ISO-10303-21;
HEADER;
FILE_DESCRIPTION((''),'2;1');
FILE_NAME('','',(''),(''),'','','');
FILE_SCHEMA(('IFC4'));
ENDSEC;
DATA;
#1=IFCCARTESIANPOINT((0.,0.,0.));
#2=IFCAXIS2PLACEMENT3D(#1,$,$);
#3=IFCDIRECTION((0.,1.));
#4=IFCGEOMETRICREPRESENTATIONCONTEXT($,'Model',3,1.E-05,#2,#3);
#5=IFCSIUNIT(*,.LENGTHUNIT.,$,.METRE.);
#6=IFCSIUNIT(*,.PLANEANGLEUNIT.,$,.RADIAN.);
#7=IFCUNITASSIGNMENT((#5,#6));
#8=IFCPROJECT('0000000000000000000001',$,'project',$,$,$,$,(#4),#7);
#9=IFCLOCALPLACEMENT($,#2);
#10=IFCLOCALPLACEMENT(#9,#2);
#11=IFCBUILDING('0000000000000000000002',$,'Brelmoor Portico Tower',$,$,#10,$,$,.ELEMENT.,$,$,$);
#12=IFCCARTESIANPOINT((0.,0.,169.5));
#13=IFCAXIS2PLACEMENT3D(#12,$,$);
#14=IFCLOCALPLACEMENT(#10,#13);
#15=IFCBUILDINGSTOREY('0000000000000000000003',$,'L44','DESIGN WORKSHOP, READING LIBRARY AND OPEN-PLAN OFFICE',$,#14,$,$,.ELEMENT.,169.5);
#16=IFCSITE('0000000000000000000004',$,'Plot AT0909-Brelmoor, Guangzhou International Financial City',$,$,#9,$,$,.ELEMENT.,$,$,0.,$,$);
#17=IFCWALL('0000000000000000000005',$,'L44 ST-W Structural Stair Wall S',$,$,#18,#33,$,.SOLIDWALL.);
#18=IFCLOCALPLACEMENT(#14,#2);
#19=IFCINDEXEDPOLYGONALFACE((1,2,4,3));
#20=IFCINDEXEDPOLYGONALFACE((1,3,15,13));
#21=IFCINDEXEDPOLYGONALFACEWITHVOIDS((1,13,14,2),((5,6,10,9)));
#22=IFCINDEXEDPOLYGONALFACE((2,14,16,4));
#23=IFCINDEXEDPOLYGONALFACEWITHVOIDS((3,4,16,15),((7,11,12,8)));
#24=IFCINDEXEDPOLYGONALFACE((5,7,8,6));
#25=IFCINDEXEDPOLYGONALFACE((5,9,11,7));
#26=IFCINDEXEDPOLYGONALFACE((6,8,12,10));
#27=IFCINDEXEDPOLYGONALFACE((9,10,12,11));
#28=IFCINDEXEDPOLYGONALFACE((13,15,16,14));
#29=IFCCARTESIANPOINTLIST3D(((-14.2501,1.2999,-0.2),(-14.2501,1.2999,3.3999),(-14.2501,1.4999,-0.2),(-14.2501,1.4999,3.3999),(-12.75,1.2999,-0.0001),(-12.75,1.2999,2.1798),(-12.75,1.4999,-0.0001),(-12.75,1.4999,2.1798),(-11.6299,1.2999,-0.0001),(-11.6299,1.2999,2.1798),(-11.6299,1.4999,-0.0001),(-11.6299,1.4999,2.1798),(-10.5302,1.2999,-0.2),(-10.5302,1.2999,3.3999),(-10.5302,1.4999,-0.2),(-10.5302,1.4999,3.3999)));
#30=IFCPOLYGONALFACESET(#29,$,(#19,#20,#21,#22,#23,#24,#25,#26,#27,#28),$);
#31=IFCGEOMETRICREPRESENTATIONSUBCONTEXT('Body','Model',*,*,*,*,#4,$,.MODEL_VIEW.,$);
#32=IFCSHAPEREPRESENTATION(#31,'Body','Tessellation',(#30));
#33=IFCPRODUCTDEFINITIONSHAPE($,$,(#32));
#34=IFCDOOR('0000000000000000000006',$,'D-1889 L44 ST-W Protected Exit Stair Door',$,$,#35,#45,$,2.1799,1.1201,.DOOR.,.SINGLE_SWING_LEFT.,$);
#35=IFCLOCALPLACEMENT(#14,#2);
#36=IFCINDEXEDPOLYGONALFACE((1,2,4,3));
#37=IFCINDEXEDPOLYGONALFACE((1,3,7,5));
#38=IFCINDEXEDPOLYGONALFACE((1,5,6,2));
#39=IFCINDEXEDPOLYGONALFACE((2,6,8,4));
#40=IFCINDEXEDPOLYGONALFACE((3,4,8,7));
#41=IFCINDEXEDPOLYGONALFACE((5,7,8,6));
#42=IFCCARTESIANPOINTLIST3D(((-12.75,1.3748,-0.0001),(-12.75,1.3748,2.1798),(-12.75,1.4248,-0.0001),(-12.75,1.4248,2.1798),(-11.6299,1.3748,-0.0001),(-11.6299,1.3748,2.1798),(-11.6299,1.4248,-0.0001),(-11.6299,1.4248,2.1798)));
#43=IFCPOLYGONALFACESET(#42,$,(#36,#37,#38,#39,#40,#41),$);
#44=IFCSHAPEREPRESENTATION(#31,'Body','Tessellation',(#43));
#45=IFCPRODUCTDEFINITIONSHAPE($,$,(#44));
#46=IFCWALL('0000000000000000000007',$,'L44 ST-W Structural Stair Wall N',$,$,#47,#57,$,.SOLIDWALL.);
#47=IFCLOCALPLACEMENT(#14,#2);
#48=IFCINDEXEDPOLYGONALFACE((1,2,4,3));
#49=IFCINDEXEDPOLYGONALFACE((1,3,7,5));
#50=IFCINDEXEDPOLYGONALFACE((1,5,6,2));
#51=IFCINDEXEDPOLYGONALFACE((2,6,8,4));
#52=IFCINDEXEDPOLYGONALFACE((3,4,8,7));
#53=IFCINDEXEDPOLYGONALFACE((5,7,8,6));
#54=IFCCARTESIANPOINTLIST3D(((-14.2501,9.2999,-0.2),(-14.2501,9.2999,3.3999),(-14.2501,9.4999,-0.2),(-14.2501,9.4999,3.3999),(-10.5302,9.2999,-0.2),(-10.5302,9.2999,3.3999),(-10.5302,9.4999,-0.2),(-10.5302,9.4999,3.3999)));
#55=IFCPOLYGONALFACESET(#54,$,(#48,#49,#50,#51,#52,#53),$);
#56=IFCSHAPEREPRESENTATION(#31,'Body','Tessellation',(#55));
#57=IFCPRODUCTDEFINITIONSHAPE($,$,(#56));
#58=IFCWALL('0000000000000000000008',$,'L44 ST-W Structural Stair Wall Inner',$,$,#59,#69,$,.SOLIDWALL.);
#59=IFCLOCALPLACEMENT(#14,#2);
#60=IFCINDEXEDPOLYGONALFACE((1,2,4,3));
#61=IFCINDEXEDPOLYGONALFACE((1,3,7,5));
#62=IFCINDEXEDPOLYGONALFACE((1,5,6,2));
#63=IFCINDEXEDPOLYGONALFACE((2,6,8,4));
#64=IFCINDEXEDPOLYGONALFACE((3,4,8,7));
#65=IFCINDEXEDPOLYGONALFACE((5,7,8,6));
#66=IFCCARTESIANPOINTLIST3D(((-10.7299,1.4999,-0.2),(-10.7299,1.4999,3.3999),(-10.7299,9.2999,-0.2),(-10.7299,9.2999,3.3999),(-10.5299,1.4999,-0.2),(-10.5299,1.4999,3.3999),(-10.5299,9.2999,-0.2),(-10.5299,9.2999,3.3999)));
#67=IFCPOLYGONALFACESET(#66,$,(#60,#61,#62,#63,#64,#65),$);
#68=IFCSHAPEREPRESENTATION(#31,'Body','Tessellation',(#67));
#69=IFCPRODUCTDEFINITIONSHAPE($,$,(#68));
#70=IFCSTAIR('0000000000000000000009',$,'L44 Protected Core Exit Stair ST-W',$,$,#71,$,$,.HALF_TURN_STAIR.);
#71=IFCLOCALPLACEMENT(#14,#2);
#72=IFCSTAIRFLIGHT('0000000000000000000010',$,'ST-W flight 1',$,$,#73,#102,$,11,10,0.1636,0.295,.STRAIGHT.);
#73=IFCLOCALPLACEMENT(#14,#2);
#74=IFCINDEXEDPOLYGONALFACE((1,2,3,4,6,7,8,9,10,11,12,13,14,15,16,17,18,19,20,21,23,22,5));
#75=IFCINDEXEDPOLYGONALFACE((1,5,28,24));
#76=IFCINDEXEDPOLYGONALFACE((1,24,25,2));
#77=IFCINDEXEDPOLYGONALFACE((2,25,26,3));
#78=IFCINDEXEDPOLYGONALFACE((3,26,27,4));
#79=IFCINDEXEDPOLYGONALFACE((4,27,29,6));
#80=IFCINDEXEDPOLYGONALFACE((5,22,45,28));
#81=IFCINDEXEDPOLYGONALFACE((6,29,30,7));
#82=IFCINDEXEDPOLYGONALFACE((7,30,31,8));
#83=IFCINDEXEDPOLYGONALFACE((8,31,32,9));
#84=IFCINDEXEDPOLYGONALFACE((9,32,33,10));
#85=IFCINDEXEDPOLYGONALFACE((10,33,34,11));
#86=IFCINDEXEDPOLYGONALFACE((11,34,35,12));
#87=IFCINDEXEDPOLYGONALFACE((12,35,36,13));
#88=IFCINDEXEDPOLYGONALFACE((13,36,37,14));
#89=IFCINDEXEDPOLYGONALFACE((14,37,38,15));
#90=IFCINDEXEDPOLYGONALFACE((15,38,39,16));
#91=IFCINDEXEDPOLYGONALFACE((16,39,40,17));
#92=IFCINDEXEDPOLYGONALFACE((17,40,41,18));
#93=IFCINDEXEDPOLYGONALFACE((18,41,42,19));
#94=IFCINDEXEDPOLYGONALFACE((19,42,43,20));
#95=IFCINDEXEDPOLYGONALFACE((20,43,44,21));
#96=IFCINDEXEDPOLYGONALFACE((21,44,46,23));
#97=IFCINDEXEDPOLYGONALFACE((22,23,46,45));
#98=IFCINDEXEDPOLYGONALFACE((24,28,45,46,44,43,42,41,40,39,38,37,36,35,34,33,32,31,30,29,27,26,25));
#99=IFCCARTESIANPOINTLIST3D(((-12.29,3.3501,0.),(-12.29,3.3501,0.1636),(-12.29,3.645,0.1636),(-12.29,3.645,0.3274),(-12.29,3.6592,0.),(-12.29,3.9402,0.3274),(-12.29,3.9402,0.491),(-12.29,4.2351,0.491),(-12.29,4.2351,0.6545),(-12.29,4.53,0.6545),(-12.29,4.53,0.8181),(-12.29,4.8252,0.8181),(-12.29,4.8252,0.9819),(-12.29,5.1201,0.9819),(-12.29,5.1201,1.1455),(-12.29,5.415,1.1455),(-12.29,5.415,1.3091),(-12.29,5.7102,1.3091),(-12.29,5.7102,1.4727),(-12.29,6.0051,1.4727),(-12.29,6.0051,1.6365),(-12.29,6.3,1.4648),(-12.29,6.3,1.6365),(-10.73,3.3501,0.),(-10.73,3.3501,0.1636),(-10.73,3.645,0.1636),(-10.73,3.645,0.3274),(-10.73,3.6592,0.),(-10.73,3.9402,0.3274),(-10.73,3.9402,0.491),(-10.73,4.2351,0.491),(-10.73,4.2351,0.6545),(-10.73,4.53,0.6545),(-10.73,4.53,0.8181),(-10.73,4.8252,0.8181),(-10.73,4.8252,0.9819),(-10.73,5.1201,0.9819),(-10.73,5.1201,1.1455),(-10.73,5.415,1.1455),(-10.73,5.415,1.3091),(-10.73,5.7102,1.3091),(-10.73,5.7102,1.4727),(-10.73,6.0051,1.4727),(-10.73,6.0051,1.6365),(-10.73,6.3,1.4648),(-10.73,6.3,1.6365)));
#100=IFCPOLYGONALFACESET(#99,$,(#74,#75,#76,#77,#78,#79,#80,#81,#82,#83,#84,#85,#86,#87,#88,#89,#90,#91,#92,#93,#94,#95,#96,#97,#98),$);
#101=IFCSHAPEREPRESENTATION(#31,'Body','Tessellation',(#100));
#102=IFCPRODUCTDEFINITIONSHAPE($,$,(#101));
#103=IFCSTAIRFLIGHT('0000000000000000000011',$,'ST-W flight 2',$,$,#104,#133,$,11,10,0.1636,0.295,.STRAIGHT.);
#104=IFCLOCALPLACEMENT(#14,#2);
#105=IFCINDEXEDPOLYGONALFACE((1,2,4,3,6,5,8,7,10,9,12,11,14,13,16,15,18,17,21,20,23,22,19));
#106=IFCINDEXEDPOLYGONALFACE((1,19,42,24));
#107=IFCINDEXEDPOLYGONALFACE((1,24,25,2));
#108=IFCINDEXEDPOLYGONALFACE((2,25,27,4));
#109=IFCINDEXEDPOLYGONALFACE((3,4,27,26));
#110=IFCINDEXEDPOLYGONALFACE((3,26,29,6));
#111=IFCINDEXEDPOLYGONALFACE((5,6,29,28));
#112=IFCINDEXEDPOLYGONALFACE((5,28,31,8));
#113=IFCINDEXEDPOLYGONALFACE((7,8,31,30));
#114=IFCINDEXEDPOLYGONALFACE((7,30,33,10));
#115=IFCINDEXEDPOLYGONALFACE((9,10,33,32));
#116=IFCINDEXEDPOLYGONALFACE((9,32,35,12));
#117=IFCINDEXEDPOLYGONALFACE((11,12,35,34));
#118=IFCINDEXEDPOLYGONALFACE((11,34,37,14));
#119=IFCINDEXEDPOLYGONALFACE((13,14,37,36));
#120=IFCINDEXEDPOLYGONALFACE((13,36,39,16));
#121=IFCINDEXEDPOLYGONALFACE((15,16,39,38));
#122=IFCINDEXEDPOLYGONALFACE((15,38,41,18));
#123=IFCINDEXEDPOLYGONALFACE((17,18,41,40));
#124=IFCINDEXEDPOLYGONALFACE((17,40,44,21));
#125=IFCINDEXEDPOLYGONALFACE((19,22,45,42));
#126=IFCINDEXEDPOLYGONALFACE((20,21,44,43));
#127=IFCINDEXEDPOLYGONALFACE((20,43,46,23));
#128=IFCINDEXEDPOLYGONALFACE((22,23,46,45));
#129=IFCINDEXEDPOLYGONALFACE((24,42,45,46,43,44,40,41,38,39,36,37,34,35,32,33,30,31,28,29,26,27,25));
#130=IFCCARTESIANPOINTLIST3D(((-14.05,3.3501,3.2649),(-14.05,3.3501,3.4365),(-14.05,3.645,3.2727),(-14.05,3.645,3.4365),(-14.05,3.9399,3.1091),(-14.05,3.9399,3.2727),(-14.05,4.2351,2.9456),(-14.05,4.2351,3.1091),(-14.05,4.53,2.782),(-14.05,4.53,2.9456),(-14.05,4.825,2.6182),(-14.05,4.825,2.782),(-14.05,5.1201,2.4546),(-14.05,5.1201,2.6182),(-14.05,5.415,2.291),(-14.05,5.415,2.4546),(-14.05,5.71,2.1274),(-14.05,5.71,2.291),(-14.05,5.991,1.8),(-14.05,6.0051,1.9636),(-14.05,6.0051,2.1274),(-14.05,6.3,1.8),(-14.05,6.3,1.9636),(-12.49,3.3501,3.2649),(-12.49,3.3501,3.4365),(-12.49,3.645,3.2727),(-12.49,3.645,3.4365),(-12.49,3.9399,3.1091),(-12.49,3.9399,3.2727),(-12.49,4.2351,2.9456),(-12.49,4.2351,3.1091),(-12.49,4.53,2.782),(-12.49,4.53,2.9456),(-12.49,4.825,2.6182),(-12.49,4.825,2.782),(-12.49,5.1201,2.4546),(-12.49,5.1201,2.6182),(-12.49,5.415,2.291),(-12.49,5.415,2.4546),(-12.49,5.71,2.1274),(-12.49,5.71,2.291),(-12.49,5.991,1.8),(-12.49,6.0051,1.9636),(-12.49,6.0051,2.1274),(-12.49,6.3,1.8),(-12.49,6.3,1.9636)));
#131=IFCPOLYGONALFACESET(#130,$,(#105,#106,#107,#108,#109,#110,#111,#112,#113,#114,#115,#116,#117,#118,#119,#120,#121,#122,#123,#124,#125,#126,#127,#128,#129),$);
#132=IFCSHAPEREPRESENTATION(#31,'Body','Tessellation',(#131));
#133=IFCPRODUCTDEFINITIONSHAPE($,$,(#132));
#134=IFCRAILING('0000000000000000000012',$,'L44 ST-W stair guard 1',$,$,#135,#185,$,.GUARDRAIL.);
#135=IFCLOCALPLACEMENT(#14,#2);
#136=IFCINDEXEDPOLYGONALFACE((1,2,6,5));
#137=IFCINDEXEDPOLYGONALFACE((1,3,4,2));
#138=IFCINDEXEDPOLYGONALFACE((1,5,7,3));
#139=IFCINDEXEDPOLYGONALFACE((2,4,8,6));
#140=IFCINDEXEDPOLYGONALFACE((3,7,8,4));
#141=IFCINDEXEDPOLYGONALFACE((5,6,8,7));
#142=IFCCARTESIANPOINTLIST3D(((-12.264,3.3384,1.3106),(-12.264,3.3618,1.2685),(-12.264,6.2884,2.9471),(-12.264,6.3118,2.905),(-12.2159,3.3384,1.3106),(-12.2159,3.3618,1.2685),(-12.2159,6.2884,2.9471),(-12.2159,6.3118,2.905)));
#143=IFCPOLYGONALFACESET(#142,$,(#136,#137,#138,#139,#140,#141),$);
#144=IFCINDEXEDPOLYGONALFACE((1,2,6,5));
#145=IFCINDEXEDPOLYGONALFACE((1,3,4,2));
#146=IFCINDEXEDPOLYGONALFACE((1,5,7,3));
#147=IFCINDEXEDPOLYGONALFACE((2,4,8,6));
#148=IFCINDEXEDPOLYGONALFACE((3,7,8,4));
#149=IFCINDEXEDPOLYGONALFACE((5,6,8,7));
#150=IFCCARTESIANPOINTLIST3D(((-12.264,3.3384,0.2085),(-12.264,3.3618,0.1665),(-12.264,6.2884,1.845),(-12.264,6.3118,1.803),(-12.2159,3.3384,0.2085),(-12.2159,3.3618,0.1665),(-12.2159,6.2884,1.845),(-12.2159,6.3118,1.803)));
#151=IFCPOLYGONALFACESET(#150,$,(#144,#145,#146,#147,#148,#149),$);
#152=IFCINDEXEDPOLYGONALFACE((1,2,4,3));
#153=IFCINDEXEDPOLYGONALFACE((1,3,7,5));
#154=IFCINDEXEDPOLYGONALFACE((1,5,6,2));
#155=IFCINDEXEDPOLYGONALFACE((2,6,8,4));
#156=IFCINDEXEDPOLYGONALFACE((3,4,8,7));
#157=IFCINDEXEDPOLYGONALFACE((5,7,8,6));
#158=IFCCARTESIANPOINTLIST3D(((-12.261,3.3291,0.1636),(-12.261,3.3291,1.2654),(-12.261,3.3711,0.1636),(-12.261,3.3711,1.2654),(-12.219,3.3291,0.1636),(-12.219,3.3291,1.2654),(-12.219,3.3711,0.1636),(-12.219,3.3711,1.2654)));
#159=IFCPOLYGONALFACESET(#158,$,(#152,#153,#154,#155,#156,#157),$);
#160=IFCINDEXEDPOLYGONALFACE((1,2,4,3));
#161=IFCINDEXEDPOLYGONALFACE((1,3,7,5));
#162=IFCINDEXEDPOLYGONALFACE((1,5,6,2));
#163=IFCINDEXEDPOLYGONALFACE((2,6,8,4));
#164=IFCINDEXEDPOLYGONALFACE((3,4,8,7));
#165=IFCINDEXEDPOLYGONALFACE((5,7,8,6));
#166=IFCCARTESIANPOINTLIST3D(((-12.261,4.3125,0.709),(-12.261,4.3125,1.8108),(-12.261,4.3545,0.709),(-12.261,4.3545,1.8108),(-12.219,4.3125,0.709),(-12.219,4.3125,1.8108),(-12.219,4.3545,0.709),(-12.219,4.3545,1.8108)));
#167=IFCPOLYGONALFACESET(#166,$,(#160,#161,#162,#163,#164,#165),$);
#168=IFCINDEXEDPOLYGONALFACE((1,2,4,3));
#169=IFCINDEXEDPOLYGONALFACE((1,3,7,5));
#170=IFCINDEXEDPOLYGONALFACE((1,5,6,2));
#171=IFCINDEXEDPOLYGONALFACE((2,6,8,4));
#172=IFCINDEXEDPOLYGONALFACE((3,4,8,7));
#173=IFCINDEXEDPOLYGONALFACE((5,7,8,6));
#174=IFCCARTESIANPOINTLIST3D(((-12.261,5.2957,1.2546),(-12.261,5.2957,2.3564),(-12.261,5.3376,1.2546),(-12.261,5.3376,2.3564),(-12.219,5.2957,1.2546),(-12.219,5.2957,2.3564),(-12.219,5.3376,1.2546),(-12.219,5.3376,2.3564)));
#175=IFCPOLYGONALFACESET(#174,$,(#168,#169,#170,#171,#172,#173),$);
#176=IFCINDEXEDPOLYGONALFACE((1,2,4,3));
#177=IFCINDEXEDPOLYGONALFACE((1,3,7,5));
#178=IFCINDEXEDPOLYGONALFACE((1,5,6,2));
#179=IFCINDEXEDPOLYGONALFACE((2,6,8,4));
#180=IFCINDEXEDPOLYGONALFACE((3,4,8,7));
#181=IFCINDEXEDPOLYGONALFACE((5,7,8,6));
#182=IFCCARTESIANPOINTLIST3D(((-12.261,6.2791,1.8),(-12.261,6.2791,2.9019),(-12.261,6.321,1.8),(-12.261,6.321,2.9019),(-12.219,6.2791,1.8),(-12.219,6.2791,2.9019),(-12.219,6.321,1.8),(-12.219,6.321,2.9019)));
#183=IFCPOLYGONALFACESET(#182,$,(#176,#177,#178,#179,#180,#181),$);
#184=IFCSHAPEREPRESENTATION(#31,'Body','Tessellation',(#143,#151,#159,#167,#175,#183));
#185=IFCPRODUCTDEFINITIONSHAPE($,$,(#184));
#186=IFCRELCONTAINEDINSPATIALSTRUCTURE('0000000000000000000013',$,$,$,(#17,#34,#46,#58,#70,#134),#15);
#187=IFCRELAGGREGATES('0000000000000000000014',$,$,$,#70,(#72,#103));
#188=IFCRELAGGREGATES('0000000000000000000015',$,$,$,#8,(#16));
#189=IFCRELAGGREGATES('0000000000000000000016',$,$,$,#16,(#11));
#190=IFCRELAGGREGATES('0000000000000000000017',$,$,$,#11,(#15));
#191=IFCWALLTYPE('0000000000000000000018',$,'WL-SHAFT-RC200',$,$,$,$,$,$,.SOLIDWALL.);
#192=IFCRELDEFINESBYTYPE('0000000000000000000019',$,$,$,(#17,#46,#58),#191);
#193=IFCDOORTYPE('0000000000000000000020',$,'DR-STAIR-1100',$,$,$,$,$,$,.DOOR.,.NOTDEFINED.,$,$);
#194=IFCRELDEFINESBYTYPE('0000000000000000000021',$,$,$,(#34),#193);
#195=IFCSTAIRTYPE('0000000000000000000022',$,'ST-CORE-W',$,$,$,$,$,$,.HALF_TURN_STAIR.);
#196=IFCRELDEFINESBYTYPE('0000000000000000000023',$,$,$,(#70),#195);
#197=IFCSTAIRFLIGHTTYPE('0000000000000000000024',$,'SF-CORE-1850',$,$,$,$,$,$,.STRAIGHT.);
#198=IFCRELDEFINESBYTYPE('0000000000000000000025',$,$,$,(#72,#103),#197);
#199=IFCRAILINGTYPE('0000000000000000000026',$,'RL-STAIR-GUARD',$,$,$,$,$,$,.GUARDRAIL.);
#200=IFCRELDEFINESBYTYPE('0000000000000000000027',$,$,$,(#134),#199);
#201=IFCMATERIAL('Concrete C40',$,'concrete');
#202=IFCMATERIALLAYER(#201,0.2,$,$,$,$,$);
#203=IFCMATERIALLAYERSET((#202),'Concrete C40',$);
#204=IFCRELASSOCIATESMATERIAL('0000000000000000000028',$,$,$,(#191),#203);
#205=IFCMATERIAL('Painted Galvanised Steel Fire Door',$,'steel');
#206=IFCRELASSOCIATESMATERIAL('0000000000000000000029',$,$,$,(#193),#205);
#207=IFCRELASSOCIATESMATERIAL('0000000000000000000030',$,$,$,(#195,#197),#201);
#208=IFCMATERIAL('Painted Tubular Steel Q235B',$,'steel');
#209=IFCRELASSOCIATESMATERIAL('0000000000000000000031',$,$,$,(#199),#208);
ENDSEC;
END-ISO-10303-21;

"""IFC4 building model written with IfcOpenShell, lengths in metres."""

from ifc_helpers import new_model, si_unit, direction, frame, frame_2d, origin, origin_2d, place, context, subcontext, project, spatial, polyline, rectangle, outline, extrude, material, layer, layer_set, type_object, element, fill, aggregate, save


model = new_model("IFC4")

# Units and contexts
model_context = context("Model", 3, precision=1e-05, world=origin(), true_north=direction((0.0, 1.0)))
body_context = subcontext(model_context, "Body", "Model", "MODEL_VIEW")
ifc_project = project(units=[si_unit("LENGTHUNIT", "METRE"), si_unit("PLANEANGLEUNIT", "RADIAN")], contexts=[model_context])

# Site, building, storey
site_placement = place(None, origin())
site = spatial("IfcSite", under=ifc_project, at=site_placement, Name="Plot AT0909-Brelmoor, Guangzhou International Financial City", CompositionType="ELEMENT", RefElevation=0.0)
building_placement = place(site_placement, origin())
building = spatial("IfcBuilding", under=site, at=building_placement, Name="Brelmoor Portico Tower", CompositionType="ELEMENT")
storey_placement = place(building_placement, frame((0.0, 0.0, 169.5)))
storey = spatial("IfcBuildingStorey", under=building, at=storey_placement, Name="L44", Description="DESIGN WORKSHOP, READING LIBRARY AND OPEN-PLAN OFFICE", CompositionType="ELEMENT", Elevation=169.5)

# Shared definitions
ifc_material_1 = material(Name="Concrete C40", Category="concrete")
ifc_layer_1 = layer(ifc_material_1, 0.2)
ifc_layer_set_1 = layer_set([ifc_layer_1], Name="Concrete C40")
wall_type_1 = type_object("IfcWallType", Name="WL-SHAFT-RC200", PredefinedType="SOLIDWALL", material=ifc_layer_set_1)

# Wall, opening, door
wall_1_placement = place(storey_placement, frame((-14.25, 1.3999, -0.2), z_axis=(0.0, 0.0, 1.0), x_axis=(1.0, 0.0, 0.0)))
wall_1 = element("IfcWall", 1, at=wall_1_placement, inside=storey, type_object=wall_type_1, Name="L44 ST-W Structural Stair Wall S", PredefinedType="SOLIDWALL", context=body_context, shape_type="SweptSolid", body=[
    extrude(rectangle(XDim=3.72, YDim=0.2, at=frame_2d((1.8599, 0.0))), origin(), (0.0, 0.0, 1.0), 3.5999),
])
opening_placement = place(wall_1_placement, frame((1.5, 0.0, 0.2)))
opening = element("IfcOpeningElement", 2, at=opening_placement, cuts=wall_1, PredefinedType="OPENING", context=body_context, shape_type="SweptSolid", body=[
    extrude(rectangle(XDim=1.1201, YDim=2.1799, at=frame_2d((0.5601, 1.0898))), frame((0.0, 0.1099, 0.0), z_axis=(0.0, -1.0, 0.0), x_axis=(1.0, 0.0, 0.0)), (0.0, 0.0, 1.0), 0.22),
])
ifc_material_2 = material(Name="Painted Galvanised Steel Fire Door", Category="steel")
door_type = type_object("IfcDoorType", Name="DR-STAIR-1100", OperationType="NOTDEFINED", PredefinedType="DOOR", material=ifc_material_2)
door_placement = place(opening_placement, origin())
door = element("IfcDoor", 3, at=door_placement, inside=storey, type_object=door_type, Name="D-1889 L44 ST-W Protected Exit Stair Door", OperationType="SINGLE_SWING_LEFT", OverallHeight=2.1799, OverallWidth=1.1201, PredefinedType="DOOR", context=body_context, shape_type="SweptSolid", body=[
    extrude(rectangle(XDim=1.1201, YDim=2.1799, at=frame_2d((0.5601, 1.0898))), frame((0.0, 0.0249, 0.0), z_axis=(0.0, -1.0, 0.0), x_axis=(1.0, 0.0, 0.0)), (0.0, 0.0, 1.0), 0.05),
])
fill(opening, door)

# Walls
wall_2_placement = place(storey_placement, frame((-14.25, 9.3999, -0.2), z_axis=(0.0, 0.0, 1.0), x_axis=(1.0, 0.0, 0.0)))
element("IfcWall", 4, at=wall_2_placement, inside=storey, type_object=wall_type_1, Name="L44 ST-W Structural Stair Wall N", PredefinedType="SOLIDWALL", context=body_context, shape_type="SweptSolid", body=[
    extrude(rectangle(XDim=3.72, YDim=0.2, at=frame_2d((1.8599, 0.0))), origin(), (0.0, 0.0, 1.0), 3.5999),
])
wall_3_placement = place(storey_placement, frame((-10.6299, 1.5, -0.2), z_axis=(0.0, 0.0, 1.0), x_axis=(0.0, 1.0, 0.0)))
element("IfcWall", 5, at=wall_3_placement, inside=storey, type_object=wall_type_1, Name="L44 ST-W Structural Stair Wall Inner", PredefinedType="SOLIDWALL", context=body_context, shape_type="SweptSolid", body=[
    extrude(rectangle(XDim=7.8, YDim=0.2, at=frame_2d((3.8999, 0.0))), origin(), (0.0, 0.0, 1.0), 3.5999),
])

# Stair, stair flights
stair_type = type_object("IfcStairType", Name="ST-CORE-W", PredefinedType="HALF_TURN_STAIR", material=ifc_material_1)
stair_placement = place(storey_placement, origin())
stair = element("IfcStair", 6, at=stair_placement, inside=storey, type_object=stair_type, Name="L44 Protected Core Exit Stair ST-W", PredefinedType="HALF_TURN_STAIR")
stair_flight_type = type_object("IfcStairFlightType", Name="SF-CORE-1850", PredefinedType="STRAIGHT", material=ifc_material_1)
stair_flight_1_placement = place(storey_placement, frame((-11.51, 3.3501, 0.0), z_axis=(0.0, 0.0, 1.0), x_axis=(0.0, 1.0, 0.0)))
stair_flight_1 = element("IfcStairFlight", 7, at=stair_flight_1_placement, type_object=stair_flight_type, Name="ST-W flight 1", NumberOfRisers=11, NumberOfTreads=10, PredefinedType="STRAIGHT", RiserHeight=0.1636, TreadLength=0.295, context=body_context, shape_type="SweptSolid", body=[
    extrude(outline(polyline([(0.0, 0.0), (0.0, 0.1636), (0.2949, 0.1636), (0.2949, 0.3274), (0.5901, 0.3274), (0.5901, 0.491), (0.885, 0.491), (0.885, 0.6545), (1.1799, 0.6545), (1.1799, 0.8181), (1.4751, 0.8181), (1.4751, 0.9819), (1.77, 0.9819), (1.77, 1.1455), (2.0649, 1.1455), (2.0649, 1.3091), (2.3601, 1.3091), (2.3601, 1.4727), (2.655, 1.4727), (2.655, 1.6365), (2.95, 1.6365), (2.95, 1.8), (2.95, 1.4648), (0.3091, 0.0), (0.0, 0.0)])), frame((0.0, 0.78, 0.0), z_axis=(0.0, -1.0, 0.0), x_axis=(1.0, 0.0, 0.0)), (0.0, 0.0, 1.0), 1.5601),
])
stair_flight_2_placement = place(storey_placement, frame((-13.27, 6.3, 1.8), z_axis=(0.0, 0.0, 1.0), x_axis=(0.0, -1.0, 0.0)))
stair_flight_2 = element("IfcStairFlight", 8, at=stair_flight_2_placement, type_object=stair_flight_type, Name="ST-W flight 2", NumberOfRisers=11, NumberOfTreads=10, PredefinedType="STRAIGHT", RiserHeight=0.1636, TreadLength=0.295, context=body_context, shape_type="SweptSolid", body=[
    extrude(outline(polyline([(0.0, 0.0), (0.0, 0.1636), (0.2949, 0.1636), (0.2949, 0.3274), (0.5901, 0.3274), (0.5901, 0.491), (0.885, 0.491), (0.885, 0.6545), (1.1799, 0.6545), (1.1799, 0.8181), (1.4751, 0.8181), (1.4751, 0.9819), (1.77, 0.9819), (1.77, 1.1455), (2.0649, 1.1455), (2.0649, 1.3091), (2.3601, 1.3091), (2.3601, 1.4727), (2.655, 1.4727), (2.655, 1.6365), (2.95, 1.6365), (2.95, 1.8), (2.95, 1.4648), (0.3091, 0.0), (0.0, 0.0)])), frame((0.0, 0.78, 0.0), z_axis=(0.0, -1.0, 0.0), x_axis=(1.0, 0.0, 0.0)), (0.0, 0.0, 1.0), 1.5601),
])
aggregate(stair, [stair_flight_1, stair_flight_2])

# Railing
ifc_material_3 = material(Name="Painted Tubular Steel Q235B", Category="steel")
railing_type_1 = type_object("IfcRailingType", Name="RL-STAIR-GUARD", PredefinedType="GUARDRAIL", material=ifc_material_3)
railing_1_placement = place(storey_placement, frame((-12.24, 3.3501, 0.1636)))
element("IfcRailing", 9, at=railing_1_placement, inside=storey, type_object=railing_type_1, Name="L44 ST-W stair guard 1", PredefinedType="GUARDRAIL", context=body_context, shape_type="SweptSolid", body=[
    extrude(rectangle(XDim=0.0481, YDim=0.0481, at=origin_2d()), frame((0.0, 0.0, 1.126), z_axis=(0.0, 0.874458, 0.485102), x_axis=(-1.0, 0.0, 0.0)), (0.0, 0.0, 1.0), 3.3735),
    extrude(rectangle(XDim=0.0481, YDim=0.0481, at=origin_2d()), frame((0.0, 0.0, 0.0239), z_axis=(0.0, 0.874458, 0.485102), x_axis=(-1.0, 0.0, 0.0)), (0.0, 0.0, 1.0), 3.3735),
    extrude(rectangle(XDim=0.042, YDim=0.042, at=origin_2d()), origin(), (0.0, 0.0, 1.0), 1.1018),
    extrude(rectangle(XDim=0.042, YDim=0.042, at=origin_2d()), frame((0.0, 0.9834, 0.5454)), (0.0, 0.0, 1.0), 1.1018),
    extrude(rectangle(XDim=0.042, YDim=0.042, at=origin_2d()), frame((0.0, 1.9666, 1.0911)), (0.0, 0.0, 1.0), 1.1018),
    extrude(rectangle(XDim=0.042, YDim=0.042, at=origin_2d()), frame((0.0, 2.95, 1.6365)), (0.0, 0.0, 1.0), 1.1018),
])

save(model, "model.ifc")
